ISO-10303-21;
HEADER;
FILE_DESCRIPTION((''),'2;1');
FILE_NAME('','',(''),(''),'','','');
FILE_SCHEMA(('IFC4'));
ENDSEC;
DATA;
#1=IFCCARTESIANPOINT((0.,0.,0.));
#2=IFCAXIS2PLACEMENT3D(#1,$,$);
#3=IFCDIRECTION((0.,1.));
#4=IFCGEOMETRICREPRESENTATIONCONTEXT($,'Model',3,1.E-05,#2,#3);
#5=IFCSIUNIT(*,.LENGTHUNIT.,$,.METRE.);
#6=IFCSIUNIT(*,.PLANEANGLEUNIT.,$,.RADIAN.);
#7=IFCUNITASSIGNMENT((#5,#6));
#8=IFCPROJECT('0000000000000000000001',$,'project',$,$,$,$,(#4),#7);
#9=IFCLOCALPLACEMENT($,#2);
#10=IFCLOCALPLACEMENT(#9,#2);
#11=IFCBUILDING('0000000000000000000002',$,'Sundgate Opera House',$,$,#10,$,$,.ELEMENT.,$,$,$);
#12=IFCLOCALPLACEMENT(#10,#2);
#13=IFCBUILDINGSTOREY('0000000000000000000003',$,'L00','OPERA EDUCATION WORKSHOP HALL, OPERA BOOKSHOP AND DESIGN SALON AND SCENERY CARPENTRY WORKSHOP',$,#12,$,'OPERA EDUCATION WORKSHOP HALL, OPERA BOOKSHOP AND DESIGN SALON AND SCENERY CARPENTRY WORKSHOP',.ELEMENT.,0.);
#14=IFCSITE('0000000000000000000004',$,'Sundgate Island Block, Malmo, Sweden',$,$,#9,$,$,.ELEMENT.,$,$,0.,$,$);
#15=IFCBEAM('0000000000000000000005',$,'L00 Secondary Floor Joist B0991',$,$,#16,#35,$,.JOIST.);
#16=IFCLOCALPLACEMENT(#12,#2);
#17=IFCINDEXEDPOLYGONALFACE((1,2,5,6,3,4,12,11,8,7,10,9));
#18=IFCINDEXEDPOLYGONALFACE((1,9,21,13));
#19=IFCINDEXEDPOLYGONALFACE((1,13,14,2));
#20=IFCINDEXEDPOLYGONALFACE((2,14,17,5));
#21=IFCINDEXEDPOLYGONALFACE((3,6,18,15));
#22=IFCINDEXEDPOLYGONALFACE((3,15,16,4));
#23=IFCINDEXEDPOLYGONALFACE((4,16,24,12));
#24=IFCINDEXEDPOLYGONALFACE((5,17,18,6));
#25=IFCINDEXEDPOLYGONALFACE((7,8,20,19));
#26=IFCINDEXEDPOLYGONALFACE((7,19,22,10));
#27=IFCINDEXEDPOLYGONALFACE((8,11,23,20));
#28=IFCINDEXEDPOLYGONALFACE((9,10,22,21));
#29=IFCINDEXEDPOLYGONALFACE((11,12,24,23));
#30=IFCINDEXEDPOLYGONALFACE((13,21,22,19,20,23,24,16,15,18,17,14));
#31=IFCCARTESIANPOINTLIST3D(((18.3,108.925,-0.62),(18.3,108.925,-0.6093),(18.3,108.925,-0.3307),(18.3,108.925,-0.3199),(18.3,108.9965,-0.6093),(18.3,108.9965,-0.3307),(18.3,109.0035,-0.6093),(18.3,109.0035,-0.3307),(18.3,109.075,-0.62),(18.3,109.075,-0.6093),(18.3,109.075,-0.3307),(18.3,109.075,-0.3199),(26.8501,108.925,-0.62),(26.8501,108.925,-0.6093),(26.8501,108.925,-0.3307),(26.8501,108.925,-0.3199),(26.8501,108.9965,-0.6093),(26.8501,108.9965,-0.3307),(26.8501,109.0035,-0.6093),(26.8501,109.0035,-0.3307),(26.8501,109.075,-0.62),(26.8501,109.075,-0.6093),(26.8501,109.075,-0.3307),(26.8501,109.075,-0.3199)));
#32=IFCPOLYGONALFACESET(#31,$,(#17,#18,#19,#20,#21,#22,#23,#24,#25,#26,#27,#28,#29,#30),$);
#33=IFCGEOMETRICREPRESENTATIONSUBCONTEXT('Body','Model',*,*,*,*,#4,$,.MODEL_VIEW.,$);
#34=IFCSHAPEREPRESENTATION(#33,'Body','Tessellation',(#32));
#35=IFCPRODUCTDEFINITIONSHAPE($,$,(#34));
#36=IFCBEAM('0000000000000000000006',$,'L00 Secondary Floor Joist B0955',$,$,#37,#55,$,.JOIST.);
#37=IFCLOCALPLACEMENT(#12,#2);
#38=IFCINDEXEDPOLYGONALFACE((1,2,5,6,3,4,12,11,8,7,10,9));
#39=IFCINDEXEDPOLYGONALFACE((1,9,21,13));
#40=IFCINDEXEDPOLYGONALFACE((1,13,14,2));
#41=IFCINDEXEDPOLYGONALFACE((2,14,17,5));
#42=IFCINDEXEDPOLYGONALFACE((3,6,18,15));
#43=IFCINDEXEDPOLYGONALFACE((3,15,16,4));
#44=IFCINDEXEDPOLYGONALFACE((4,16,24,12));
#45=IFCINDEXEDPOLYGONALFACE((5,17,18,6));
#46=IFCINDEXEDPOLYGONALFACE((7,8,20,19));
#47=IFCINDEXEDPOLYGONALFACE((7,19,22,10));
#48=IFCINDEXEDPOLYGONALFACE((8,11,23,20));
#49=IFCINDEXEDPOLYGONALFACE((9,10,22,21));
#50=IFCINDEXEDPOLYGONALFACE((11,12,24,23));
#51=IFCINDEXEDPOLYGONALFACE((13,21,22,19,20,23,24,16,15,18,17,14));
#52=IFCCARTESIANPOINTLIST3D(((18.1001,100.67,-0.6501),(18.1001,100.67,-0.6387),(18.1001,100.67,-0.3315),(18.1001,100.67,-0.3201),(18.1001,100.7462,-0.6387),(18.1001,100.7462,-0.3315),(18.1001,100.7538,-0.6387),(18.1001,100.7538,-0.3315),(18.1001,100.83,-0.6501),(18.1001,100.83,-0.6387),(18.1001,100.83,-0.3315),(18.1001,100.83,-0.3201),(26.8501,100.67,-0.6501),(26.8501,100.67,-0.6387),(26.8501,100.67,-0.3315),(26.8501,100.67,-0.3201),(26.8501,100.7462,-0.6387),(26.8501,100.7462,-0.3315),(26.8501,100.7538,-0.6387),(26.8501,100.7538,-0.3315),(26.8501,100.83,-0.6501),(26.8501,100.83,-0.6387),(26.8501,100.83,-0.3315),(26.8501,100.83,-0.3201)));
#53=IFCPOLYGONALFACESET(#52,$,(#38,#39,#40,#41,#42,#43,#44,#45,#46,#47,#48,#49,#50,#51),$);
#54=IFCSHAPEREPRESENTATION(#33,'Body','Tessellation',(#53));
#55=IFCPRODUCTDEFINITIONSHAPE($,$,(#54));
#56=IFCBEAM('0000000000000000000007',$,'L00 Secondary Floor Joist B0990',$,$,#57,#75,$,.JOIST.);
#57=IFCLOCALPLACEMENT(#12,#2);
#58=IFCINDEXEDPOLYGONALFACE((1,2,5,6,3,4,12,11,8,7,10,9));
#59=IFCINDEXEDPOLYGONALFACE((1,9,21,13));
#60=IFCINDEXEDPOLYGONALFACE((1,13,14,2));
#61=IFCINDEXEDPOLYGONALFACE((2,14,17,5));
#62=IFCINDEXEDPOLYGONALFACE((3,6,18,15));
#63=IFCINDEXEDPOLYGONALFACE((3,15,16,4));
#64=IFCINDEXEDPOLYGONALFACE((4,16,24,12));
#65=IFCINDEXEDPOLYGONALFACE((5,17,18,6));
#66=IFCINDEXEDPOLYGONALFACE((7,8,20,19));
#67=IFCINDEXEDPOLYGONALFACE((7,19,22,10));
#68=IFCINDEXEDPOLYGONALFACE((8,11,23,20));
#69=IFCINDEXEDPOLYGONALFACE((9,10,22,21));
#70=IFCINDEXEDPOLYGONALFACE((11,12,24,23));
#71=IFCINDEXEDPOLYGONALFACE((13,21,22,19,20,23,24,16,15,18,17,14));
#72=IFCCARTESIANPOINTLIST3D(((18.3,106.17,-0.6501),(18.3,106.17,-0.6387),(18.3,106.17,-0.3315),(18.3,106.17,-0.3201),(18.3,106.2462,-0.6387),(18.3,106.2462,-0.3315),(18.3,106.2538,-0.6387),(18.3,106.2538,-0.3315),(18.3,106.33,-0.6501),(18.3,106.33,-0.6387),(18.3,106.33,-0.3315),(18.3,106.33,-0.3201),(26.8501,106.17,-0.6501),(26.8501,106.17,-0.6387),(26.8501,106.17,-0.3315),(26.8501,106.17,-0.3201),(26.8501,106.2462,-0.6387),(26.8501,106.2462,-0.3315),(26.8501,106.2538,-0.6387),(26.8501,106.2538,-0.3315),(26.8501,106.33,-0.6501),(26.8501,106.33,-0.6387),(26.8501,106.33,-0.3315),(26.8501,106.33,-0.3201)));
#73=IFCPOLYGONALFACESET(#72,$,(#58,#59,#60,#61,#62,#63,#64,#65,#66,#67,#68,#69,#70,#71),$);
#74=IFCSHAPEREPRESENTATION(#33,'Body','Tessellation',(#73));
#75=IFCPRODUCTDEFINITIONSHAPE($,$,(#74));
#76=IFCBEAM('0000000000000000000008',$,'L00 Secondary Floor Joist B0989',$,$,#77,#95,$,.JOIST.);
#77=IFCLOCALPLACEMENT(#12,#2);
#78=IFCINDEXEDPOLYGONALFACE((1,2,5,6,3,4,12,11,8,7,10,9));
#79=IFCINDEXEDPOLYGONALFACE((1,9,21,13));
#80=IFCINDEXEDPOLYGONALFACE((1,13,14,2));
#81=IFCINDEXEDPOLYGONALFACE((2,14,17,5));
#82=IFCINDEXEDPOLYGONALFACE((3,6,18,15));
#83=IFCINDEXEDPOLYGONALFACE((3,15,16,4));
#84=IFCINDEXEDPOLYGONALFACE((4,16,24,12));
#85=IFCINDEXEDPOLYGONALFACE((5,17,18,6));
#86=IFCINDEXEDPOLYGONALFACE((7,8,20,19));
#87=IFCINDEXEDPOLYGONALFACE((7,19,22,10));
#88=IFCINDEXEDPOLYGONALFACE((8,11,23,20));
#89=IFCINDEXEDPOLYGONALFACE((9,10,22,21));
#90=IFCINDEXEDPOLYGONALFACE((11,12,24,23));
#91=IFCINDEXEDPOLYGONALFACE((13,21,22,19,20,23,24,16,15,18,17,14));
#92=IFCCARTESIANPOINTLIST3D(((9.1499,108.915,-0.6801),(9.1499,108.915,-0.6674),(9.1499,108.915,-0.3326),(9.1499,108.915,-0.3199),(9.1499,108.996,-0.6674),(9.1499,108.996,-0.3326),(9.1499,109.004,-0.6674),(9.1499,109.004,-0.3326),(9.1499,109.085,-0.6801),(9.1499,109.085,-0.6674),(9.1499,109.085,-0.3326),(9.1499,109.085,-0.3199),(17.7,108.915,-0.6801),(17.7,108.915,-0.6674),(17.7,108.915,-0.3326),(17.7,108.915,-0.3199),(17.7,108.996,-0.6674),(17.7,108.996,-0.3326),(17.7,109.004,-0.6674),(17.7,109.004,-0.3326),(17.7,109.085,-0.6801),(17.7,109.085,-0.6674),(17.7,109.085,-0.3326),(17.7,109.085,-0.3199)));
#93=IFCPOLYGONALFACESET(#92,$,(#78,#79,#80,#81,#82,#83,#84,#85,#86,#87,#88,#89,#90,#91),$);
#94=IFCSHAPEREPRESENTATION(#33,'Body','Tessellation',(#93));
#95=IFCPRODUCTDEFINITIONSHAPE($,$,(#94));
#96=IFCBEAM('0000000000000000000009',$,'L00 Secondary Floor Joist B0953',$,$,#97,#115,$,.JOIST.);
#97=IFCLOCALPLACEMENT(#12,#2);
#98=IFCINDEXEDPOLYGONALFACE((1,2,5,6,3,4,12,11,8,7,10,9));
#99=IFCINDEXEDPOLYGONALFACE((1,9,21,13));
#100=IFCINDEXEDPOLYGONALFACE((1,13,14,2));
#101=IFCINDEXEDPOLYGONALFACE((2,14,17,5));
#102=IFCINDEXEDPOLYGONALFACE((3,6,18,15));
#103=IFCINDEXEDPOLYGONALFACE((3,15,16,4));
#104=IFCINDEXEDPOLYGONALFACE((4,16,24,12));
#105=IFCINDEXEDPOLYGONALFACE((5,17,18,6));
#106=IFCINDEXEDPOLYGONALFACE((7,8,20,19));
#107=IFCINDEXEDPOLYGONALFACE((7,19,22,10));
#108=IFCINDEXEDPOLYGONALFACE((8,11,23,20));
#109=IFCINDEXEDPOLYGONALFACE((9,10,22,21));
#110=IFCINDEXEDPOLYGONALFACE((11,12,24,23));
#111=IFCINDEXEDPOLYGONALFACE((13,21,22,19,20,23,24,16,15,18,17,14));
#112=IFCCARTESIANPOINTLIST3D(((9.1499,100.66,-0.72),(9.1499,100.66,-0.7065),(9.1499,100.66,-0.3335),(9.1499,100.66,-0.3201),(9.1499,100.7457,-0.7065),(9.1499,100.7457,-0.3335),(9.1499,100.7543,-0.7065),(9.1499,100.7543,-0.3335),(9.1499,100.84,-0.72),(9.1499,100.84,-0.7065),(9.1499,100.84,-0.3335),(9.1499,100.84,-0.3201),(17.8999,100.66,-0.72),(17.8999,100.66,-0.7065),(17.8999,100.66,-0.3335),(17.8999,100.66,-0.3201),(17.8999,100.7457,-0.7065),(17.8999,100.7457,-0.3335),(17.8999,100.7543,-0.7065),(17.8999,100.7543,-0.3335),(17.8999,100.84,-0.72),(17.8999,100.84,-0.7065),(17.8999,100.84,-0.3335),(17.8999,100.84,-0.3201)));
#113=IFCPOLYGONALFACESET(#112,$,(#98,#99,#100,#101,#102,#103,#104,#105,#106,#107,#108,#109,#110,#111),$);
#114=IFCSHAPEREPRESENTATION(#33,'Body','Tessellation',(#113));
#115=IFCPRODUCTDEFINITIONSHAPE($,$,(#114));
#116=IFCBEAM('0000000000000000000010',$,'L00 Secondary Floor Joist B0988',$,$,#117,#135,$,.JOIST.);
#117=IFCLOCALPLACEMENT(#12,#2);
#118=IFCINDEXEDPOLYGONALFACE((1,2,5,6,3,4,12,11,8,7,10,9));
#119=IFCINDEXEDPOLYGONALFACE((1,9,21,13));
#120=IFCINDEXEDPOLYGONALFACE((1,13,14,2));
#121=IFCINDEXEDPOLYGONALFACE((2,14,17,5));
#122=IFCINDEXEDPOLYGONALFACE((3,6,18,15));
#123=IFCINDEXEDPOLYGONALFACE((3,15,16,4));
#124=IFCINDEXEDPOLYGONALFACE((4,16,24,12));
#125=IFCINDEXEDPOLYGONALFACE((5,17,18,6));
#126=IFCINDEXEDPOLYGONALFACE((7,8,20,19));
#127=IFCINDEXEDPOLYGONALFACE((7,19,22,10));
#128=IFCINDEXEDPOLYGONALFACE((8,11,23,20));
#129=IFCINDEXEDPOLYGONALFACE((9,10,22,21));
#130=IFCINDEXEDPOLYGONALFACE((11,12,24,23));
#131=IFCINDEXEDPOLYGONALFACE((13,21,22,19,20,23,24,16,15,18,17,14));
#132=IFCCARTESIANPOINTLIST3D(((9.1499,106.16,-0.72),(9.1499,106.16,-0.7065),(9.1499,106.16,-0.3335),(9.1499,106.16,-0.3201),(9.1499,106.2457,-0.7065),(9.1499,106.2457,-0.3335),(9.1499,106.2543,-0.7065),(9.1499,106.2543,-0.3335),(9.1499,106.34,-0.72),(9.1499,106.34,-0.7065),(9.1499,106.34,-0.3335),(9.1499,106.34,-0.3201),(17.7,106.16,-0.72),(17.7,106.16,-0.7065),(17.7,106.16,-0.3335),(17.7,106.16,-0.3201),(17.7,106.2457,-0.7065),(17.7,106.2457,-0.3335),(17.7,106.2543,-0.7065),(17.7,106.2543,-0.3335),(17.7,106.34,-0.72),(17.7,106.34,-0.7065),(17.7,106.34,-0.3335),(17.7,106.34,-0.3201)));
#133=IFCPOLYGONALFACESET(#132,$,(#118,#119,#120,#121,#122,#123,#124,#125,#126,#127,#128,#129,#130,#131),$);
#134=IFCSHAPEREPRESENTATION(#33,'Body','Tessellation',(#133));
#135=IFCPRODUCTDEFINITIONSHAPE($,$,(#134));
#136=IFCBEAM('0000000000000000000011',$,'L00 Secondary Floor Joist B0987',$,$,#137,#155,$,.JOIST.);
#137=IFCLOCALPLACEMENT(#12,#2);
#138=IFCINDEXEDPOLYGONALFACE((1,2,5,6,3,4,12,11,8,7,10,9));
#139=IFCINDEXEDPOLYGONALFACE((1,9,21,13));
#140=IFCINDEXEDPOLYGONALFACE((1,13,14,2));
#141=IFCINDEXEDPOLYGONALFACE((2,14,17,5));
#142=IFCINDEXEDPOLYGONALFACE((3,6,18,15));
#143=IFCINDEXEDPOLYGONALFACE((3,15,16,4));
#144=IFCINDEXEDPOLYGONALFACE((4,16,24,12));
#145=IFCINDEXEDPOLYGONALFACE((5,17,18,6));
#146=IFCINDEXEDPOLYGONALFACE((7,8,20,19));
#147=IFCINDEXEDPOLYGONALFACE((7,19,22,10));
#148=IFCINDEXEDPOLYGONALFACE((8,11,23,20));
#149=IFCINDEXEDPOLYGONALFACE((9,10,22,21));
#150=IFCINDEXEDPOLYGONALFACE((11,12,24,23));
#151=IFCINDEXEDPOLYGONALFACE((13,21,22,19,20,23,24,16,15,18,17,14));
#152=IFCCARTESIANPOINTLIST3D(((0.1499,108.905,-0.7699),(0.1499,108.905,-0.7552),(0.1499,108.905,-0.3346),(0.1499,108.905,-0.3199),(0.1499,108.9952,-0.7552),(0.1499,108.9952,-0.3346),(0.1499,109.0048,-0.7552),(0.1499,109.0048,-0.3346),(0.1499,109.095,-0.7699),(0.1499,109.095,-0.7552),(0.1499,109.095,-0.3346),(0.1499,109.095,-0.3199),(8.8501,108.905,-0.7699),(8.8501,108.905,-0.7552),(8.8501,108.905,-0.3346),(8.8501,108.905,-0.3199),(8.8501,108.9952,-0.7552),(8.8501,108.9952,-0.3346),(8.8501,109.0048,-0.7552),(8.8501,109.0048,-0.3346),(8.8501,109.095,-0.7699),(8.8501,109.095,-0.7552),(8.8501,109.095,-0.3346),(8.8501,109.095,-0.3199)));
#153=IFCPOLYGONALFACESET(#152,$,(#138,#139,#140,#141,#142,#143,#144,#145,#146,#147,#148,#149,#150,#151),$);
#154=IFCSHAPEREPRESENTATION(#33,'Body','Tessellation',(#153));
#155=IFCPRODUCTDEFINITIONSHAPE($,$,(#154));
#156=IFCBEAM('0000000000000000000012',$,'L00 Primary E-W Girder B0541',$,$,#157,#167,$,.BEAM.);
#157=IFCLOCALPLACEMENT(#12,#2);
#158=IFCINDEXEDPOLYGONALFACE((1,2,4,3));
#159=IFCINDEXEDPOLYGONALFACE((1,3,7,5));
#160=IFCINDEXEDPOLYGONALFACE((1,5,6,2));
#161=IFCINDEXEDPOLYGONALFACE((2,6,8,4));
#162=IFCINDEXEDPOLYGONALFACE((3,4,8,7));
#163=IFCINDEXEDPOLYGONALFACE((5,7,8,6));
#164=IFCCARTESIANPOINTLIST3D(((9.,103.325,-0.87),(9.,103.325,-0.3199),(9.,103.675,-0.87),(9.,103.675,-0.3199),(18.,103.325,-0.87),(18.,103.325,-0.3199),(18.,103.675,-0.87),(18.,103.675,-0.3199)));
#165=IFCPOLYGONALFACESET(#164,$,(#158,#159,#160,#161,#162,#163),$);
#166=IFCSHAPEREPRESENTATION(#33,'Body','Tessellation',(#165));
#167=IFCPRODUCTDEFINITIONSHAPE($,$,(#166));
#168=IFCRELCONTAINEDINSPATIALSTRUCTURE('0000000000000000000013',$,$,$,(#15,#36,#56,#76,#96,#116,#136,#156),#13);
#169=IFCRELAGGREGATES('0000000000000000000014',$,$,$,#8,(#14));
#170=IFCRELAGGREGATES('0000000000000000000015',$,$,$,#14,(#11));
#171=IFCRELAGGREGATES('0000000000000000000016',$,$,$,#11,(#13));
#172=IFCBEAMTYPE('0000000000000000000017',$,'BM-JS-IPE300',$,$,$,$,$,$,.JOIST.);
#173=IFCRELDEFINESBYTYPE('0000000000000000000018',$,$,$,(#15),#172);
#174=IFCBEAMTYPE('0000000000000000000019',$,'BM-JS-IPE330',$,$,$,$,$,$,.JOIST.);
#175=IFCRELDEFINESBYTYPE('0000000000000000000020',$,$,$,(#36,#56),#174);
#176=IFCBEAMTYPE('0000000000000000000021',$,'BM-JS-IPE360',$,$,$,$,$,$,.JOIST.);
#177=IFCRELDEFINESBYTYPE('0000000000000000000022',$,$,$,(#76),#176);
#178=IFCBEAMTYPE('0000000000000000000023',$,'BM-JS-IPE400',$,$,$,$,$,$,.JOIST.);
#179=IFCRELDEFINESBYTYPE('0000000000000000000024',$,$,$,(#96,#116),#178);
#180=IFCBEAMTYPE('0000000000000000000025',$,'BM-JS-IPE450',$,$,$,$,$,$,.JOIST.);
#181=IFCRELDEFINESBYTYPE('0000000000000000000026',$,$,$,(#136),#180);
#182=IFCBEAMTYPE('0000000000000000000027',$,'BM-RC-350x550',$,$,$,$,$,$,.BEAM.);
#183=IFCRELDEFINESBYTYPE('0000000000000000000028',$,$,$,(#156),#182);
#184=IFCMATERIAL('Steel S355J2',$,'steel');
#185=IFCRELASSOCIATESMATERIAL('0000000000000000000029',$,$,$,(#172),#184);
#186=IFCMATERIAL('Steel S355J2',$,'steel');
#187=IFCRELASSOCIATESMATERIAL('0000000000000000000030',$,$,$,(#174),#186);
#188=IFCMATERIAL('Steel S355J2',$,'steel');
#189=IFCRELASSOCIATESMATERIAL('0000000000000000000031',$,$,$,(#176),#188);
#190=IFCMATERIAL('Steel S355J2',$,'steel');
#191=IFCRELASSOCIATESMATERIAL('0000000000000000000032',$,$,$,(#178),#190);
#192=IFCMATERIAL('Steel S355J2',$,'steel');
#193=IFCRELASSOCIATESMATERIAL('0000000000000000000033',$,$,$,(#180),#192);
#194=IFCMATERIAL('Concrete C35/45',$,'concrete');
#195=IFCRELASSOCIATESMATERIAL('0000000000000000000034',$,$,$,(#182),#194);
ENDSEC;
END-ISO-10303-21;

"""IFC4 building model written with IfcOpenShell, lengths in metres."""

from ifc_helpers import new_model, si_unit, direction, frame, origin, origin_2d, place, context, subcontext, project, spatial, rectangle, i_section, extrude, material, material_profile, profile_set, type_object, element, save


model = new_model("IFC4")

# Units and contexts
model_context = context("Model", 3, precision=1e-05, world=origin(), true_north=direction((0.0, 1.0)))
body_context = subcontext(model_context, "Body", "Model", "MODEL_VIEW")
ifc_project = project(units=[si_unit("LENGTHUNIT", "METRE"), si_unit("PLANEANGLEUNIT", "RADIAN")], contexts=[model_context])

# Site, building, storey
site_placement = place(None, origin())
site = spatial("IfcSite", under=ifc_project, at=site_placement, Name="Sundgate Island Block, Malmo, Sweden", CompositionType="ELEMENT", RefElevation=0.0)
building_placement = place(site_placement, origin())
building = spatial("IfcBuilding", under=site, at=building_placement, Name="Sundgate Opera House", CompositionType="ELEMENT")
storey_placement = place(building_placement, origin())
storey = spatial("IfcBuildingStorey", under=building, at=storey_placement, Name="L00", Description="OPERA EDUCATION WORKSHOP HALL, OPERA BOOKSHOP AND DESIGN SALON AND SCENERY CARPENTRY WORKSHOP", LongName="OPERA EDUCATION WORKSHOP HALL, OPERA BOOKSHOP AND DESIGN SALON AND SCENERY CARPENTRY WORKSHOP", CompositionType="ELEMENT", Elevation=0.0)

# Beams
ifc_material_1 = material(Name="Steel S355J2", Category="steel")
ifc_material_profile_1 = material_profile(ifc_material_1, i_section(OverallWidth=0.1499, OverallDepth=0.3, WebThickness=0.0071, FlangeThickness=0.0107, at=origin_2d()), Name="IPE 300")
ifc_profile_set_1 = profile_set([ifc_material_profile_1], Name="Steel S355J2")
beam_type_1 = type_object("IfcBeamType", Name="BM-JS-IPE300", PredefinedType="JOIST", material=ifc_profile_set_1)
beam_1_placement = place(storey_placement, frame((18.3, 109.0, -0.47), z_axis=(1.0, 0.0, 0.0), x_axis=(0.0, 1.0, 0.0)))
element("IfcBeam", 1, at=beam_1_placement, inside=storey, type_object=beam_type_1, Name="L00 Secondary Floor Joist B0991", PredefinedType="JOIST", context=body_context, shape_type="SweptSolid", body=[
    extrude(i_section(OverallWidth=0.1499, OverallDepth=0.3, WebThickness=0.0071, FlangeThickness=0.0107, at=origin_2d()), origin(), (0.0, 0.0, 1.0), 8.55),
])
ifc_material_2 = material(Name="Steel S355J2", Category="steel")
ifc_material_profile_2 = material_profile(ifc_material_2, i_section(OverallWidth=0.1599, OverallDepth=0.3301, WebThickness=0.0076, FlangeThickness=0.0115, at=origin_2d()), Name="IPE 330")
ifc_profile_set_2 = profile_set([ifc_material_profile_2], Name="Steel S355J2")
beam_type_2 = type_object("IfcBeamType", Name="BM-JS-IPE330", PredefinedType="JOIST", material=ifc_profile_set_2)
beam_2_placement = place(storey_placement, frame((18.1001, 100.75, -0.4851), z_axis=(1.0, 0.0, 0.0), x_axis=(0.0, 1.0, 0.0)))
element("IfcBeam", 2, at=beam_2_placement, inside=storey, type_object=beam_type_2, Name="L00 Secondary Floor Joist B0955", PredefinedType="JOIST", context=body_context, shape_type="SweptSolid", body=[
    extrude(i_section(OverallWidth=0.1599, OverallDepth=0.3301, WebThickness=0.0076, FlangeThickness=0.0115, at=origin_2d()), origin(), (0.0, 0.0, 1.0), 8.75),
])
beam_3_placement = place(storey_placement, frame((18.3, 106.25, -0.4851), z_axis=(1.0, 0.0, 0.0), x_axis=(0.0, 1.0, 0.0)))
element("IfcBeam", 3, at=beam_3_placement, inside=storey, type_object=beam_type_2, Name="L00 Secondary Floor Joist B0990", PredefinedType="JOIST", context=body_context, shape_type="SweptSolid", body=[
    extrude(i_section(OverallWidth=0.1599, OverallDepth=0.3301, WebThickness=0.0076, FlangeThickness=0.0115, at=origin_2d()), origin(), (0.0, 0.0, 1.0), 8.55),
])
ifc_material_3 = material(Name="Steel S355J2", Category="steel")
ifc_material_profile_3 = material_profile(ifc_material_3, i_section(OverallWidth=0.1699, OverallDepth=0.3601, WebThickness=0.0081, FlangeThickness=0.0127, at=origin_2d()), Name="IPE 360")
ifc_profile_set_3 = profile_set([ifc_material_profile_3], Name="Steel S355J2")
beam_type_3 = type_object("IfcBeamType", Name="BM-JS-IPE360", PredefinedType="JOIST", material=ifc_profile_set_3)
beam_4_placement = place(storey_placement, frame((9.1499, 109.0, -0.5), z_axis=(1.0, 0.0, 0.0), x_axis=(0.0, 1.0, 0.0)))
element("IfcBeam", 4, at=beam_4_placement, inside=storey, type_object=beam_type_3, Name="L00 Secondary Floor Joist B0989", PredefinedType="JOIST", context=body_context, shape_type="SweptSolid", body=[
    extrude(i_section(OverallWidth=0.1699, OverallDepth=0.3601, WebThickness=0.0081, FlangeThickness=0.0127, at=origin_2d()), origin(), (0.0, 0.0, 1.0), 8.55),
])
ifc_material_4 = material(Name="Steel S355J2", Category="steel")
ifc_material_profile_4 = material_profile(ifc_material_4, i_section(OverallWidth=0.1799, OverallDepth=0.3999, WebThickness=0.0085, FlangeThickness=0.0134, at=origin_2d()), Name="IPE 400")
ifc_profile_set_4 = profile_set([ifc_material_profile_4], Name="Steel S355J2")
beam_type_4 = type_object("IfcBeamType", Name="BM-JS-IPE400", PredefinedType="JOIST", material=ifc_profile_set_4)
beam_5_placement = place(storey_placement, frame((9.1499, 100.75, -0.52), z_axis=(1.0, 0.0, 0.0), x_axis=(0.0, 1.0, 0.0)))
element("IfcBeam", 5, at=beam_5_placement, inside=storey, type_object=beam_type_4, Name="L00 Secondary Floor Joist B0953", PredefinedType="JOIST", context=body_context, shape_type="SweptSolid", body=[
    extrude(i_section(OverallWidth=0.1799, OverallDepth=0.3999, WebThickness=0.0085, FlangeThickness=0.0134, at=origin_2d()), origin(), (0.0, 0.0, 1.0), 8.75),
])
beam_6_placement = place(storey_placement, frame((9.1499, 106.25, -0.52), z_axis=(1.0, 0.0, 0.0), x_axis=(0.0, 1.0, 0.0)))
element("IfcBeam", 6, at=beam_6_placement, inside=storey, type_object=beam_type_4, Name="L00 Secondary Floor Joist B0988", PredefinedType="JOIST", context=body_context, shape_type="SweptSolid", body=[
    extrude(i_section(OverallWidth=0.1799, OverallDepth=0.3999, WebThickness=0.0085, FlangeThickness=0.0134, at=origin_2d()), origin(), (0.0, 0.0, 1.0), 8.55),
])
ifc_material_5 = material(Name="Steel S355J2", Category="steel")
ifc_material_profile_5 = material_profile(ifc_material_5, i_section(OverallWidth=0.1899, OverallDepth=0.45, WebThickness=0.0095, FlangeThickness=0.0146, at=origin_2d()), Name="IPE 450")
ifc_profile_set_5 = profile_set([ifc_material_profile_5], Name="Steel S355J2")
beam_type_5 = type_object("IfcBeamType", Name="BM-JS-IPE450", PredefinedType="JOIST", material=ifc_profile_set_5)
beam_7_placement = place(storey_placement, frame((0.1499, 109.0, -0.5449), z_axis=(1.0, 0.0, 0.0), x_axis=(0.0, 1.0, 0.0)))
element("IfcBeam", 7, at=beam_7_placement, inside=storey, type_object=beam_type_5, Name="L00 Secondary Floor Joist B0987", PredefinedType="JOIST", context=body_context, shape_type="SweptSolid", body=[
    extrude(i_section(OverallWidth=0.1899, OverallDepth=0.45, WebThickness=0.0095, FlangeThickness=0.0146, at=origin_2d()), origin(), (0.0, 0.0, 1.0), 8.7002),
])
ifc_material_6 = material(Name="Concrete C35/45", Category="concrete")
ifc_material_profile_6 = material_profile(ifc_material_6, rectangle(XDim=0.3501, YDim=0.55, at=origin_2d()), Name="RC 350x550")
ifc_profile_set_6 = profile_set([ifc_material_profile_6], Name="Concrete C35/45")
beam_type_6 = type_object("IfcBeamType", Name="BM-RC-350x550", PredefinedType="BEAM", material=ifc_profile_set_6)
beam_8_placement = place(storey_placement, frame((9.0, 103.5, -0.595), z_axis=(1.0, 0.0, 0.0), x_axis=(0.0, 1.0, 0.0)))
element("IfcBeam", 8, at=beam_8_placement, inside=storey, type_object=beam_type_6, Name="L00 Primary E-W Girder B0541", PredefinedType="BEAM", context=body_context, shape_type="SweptSolid", body=[
    extrude(rectangle(XDim=0.3501, YDim=0.55, at=origin_2d()), origin(), (0.0, 0.0, 1.0), 9.0),
])

save(model, "model.ifc")
